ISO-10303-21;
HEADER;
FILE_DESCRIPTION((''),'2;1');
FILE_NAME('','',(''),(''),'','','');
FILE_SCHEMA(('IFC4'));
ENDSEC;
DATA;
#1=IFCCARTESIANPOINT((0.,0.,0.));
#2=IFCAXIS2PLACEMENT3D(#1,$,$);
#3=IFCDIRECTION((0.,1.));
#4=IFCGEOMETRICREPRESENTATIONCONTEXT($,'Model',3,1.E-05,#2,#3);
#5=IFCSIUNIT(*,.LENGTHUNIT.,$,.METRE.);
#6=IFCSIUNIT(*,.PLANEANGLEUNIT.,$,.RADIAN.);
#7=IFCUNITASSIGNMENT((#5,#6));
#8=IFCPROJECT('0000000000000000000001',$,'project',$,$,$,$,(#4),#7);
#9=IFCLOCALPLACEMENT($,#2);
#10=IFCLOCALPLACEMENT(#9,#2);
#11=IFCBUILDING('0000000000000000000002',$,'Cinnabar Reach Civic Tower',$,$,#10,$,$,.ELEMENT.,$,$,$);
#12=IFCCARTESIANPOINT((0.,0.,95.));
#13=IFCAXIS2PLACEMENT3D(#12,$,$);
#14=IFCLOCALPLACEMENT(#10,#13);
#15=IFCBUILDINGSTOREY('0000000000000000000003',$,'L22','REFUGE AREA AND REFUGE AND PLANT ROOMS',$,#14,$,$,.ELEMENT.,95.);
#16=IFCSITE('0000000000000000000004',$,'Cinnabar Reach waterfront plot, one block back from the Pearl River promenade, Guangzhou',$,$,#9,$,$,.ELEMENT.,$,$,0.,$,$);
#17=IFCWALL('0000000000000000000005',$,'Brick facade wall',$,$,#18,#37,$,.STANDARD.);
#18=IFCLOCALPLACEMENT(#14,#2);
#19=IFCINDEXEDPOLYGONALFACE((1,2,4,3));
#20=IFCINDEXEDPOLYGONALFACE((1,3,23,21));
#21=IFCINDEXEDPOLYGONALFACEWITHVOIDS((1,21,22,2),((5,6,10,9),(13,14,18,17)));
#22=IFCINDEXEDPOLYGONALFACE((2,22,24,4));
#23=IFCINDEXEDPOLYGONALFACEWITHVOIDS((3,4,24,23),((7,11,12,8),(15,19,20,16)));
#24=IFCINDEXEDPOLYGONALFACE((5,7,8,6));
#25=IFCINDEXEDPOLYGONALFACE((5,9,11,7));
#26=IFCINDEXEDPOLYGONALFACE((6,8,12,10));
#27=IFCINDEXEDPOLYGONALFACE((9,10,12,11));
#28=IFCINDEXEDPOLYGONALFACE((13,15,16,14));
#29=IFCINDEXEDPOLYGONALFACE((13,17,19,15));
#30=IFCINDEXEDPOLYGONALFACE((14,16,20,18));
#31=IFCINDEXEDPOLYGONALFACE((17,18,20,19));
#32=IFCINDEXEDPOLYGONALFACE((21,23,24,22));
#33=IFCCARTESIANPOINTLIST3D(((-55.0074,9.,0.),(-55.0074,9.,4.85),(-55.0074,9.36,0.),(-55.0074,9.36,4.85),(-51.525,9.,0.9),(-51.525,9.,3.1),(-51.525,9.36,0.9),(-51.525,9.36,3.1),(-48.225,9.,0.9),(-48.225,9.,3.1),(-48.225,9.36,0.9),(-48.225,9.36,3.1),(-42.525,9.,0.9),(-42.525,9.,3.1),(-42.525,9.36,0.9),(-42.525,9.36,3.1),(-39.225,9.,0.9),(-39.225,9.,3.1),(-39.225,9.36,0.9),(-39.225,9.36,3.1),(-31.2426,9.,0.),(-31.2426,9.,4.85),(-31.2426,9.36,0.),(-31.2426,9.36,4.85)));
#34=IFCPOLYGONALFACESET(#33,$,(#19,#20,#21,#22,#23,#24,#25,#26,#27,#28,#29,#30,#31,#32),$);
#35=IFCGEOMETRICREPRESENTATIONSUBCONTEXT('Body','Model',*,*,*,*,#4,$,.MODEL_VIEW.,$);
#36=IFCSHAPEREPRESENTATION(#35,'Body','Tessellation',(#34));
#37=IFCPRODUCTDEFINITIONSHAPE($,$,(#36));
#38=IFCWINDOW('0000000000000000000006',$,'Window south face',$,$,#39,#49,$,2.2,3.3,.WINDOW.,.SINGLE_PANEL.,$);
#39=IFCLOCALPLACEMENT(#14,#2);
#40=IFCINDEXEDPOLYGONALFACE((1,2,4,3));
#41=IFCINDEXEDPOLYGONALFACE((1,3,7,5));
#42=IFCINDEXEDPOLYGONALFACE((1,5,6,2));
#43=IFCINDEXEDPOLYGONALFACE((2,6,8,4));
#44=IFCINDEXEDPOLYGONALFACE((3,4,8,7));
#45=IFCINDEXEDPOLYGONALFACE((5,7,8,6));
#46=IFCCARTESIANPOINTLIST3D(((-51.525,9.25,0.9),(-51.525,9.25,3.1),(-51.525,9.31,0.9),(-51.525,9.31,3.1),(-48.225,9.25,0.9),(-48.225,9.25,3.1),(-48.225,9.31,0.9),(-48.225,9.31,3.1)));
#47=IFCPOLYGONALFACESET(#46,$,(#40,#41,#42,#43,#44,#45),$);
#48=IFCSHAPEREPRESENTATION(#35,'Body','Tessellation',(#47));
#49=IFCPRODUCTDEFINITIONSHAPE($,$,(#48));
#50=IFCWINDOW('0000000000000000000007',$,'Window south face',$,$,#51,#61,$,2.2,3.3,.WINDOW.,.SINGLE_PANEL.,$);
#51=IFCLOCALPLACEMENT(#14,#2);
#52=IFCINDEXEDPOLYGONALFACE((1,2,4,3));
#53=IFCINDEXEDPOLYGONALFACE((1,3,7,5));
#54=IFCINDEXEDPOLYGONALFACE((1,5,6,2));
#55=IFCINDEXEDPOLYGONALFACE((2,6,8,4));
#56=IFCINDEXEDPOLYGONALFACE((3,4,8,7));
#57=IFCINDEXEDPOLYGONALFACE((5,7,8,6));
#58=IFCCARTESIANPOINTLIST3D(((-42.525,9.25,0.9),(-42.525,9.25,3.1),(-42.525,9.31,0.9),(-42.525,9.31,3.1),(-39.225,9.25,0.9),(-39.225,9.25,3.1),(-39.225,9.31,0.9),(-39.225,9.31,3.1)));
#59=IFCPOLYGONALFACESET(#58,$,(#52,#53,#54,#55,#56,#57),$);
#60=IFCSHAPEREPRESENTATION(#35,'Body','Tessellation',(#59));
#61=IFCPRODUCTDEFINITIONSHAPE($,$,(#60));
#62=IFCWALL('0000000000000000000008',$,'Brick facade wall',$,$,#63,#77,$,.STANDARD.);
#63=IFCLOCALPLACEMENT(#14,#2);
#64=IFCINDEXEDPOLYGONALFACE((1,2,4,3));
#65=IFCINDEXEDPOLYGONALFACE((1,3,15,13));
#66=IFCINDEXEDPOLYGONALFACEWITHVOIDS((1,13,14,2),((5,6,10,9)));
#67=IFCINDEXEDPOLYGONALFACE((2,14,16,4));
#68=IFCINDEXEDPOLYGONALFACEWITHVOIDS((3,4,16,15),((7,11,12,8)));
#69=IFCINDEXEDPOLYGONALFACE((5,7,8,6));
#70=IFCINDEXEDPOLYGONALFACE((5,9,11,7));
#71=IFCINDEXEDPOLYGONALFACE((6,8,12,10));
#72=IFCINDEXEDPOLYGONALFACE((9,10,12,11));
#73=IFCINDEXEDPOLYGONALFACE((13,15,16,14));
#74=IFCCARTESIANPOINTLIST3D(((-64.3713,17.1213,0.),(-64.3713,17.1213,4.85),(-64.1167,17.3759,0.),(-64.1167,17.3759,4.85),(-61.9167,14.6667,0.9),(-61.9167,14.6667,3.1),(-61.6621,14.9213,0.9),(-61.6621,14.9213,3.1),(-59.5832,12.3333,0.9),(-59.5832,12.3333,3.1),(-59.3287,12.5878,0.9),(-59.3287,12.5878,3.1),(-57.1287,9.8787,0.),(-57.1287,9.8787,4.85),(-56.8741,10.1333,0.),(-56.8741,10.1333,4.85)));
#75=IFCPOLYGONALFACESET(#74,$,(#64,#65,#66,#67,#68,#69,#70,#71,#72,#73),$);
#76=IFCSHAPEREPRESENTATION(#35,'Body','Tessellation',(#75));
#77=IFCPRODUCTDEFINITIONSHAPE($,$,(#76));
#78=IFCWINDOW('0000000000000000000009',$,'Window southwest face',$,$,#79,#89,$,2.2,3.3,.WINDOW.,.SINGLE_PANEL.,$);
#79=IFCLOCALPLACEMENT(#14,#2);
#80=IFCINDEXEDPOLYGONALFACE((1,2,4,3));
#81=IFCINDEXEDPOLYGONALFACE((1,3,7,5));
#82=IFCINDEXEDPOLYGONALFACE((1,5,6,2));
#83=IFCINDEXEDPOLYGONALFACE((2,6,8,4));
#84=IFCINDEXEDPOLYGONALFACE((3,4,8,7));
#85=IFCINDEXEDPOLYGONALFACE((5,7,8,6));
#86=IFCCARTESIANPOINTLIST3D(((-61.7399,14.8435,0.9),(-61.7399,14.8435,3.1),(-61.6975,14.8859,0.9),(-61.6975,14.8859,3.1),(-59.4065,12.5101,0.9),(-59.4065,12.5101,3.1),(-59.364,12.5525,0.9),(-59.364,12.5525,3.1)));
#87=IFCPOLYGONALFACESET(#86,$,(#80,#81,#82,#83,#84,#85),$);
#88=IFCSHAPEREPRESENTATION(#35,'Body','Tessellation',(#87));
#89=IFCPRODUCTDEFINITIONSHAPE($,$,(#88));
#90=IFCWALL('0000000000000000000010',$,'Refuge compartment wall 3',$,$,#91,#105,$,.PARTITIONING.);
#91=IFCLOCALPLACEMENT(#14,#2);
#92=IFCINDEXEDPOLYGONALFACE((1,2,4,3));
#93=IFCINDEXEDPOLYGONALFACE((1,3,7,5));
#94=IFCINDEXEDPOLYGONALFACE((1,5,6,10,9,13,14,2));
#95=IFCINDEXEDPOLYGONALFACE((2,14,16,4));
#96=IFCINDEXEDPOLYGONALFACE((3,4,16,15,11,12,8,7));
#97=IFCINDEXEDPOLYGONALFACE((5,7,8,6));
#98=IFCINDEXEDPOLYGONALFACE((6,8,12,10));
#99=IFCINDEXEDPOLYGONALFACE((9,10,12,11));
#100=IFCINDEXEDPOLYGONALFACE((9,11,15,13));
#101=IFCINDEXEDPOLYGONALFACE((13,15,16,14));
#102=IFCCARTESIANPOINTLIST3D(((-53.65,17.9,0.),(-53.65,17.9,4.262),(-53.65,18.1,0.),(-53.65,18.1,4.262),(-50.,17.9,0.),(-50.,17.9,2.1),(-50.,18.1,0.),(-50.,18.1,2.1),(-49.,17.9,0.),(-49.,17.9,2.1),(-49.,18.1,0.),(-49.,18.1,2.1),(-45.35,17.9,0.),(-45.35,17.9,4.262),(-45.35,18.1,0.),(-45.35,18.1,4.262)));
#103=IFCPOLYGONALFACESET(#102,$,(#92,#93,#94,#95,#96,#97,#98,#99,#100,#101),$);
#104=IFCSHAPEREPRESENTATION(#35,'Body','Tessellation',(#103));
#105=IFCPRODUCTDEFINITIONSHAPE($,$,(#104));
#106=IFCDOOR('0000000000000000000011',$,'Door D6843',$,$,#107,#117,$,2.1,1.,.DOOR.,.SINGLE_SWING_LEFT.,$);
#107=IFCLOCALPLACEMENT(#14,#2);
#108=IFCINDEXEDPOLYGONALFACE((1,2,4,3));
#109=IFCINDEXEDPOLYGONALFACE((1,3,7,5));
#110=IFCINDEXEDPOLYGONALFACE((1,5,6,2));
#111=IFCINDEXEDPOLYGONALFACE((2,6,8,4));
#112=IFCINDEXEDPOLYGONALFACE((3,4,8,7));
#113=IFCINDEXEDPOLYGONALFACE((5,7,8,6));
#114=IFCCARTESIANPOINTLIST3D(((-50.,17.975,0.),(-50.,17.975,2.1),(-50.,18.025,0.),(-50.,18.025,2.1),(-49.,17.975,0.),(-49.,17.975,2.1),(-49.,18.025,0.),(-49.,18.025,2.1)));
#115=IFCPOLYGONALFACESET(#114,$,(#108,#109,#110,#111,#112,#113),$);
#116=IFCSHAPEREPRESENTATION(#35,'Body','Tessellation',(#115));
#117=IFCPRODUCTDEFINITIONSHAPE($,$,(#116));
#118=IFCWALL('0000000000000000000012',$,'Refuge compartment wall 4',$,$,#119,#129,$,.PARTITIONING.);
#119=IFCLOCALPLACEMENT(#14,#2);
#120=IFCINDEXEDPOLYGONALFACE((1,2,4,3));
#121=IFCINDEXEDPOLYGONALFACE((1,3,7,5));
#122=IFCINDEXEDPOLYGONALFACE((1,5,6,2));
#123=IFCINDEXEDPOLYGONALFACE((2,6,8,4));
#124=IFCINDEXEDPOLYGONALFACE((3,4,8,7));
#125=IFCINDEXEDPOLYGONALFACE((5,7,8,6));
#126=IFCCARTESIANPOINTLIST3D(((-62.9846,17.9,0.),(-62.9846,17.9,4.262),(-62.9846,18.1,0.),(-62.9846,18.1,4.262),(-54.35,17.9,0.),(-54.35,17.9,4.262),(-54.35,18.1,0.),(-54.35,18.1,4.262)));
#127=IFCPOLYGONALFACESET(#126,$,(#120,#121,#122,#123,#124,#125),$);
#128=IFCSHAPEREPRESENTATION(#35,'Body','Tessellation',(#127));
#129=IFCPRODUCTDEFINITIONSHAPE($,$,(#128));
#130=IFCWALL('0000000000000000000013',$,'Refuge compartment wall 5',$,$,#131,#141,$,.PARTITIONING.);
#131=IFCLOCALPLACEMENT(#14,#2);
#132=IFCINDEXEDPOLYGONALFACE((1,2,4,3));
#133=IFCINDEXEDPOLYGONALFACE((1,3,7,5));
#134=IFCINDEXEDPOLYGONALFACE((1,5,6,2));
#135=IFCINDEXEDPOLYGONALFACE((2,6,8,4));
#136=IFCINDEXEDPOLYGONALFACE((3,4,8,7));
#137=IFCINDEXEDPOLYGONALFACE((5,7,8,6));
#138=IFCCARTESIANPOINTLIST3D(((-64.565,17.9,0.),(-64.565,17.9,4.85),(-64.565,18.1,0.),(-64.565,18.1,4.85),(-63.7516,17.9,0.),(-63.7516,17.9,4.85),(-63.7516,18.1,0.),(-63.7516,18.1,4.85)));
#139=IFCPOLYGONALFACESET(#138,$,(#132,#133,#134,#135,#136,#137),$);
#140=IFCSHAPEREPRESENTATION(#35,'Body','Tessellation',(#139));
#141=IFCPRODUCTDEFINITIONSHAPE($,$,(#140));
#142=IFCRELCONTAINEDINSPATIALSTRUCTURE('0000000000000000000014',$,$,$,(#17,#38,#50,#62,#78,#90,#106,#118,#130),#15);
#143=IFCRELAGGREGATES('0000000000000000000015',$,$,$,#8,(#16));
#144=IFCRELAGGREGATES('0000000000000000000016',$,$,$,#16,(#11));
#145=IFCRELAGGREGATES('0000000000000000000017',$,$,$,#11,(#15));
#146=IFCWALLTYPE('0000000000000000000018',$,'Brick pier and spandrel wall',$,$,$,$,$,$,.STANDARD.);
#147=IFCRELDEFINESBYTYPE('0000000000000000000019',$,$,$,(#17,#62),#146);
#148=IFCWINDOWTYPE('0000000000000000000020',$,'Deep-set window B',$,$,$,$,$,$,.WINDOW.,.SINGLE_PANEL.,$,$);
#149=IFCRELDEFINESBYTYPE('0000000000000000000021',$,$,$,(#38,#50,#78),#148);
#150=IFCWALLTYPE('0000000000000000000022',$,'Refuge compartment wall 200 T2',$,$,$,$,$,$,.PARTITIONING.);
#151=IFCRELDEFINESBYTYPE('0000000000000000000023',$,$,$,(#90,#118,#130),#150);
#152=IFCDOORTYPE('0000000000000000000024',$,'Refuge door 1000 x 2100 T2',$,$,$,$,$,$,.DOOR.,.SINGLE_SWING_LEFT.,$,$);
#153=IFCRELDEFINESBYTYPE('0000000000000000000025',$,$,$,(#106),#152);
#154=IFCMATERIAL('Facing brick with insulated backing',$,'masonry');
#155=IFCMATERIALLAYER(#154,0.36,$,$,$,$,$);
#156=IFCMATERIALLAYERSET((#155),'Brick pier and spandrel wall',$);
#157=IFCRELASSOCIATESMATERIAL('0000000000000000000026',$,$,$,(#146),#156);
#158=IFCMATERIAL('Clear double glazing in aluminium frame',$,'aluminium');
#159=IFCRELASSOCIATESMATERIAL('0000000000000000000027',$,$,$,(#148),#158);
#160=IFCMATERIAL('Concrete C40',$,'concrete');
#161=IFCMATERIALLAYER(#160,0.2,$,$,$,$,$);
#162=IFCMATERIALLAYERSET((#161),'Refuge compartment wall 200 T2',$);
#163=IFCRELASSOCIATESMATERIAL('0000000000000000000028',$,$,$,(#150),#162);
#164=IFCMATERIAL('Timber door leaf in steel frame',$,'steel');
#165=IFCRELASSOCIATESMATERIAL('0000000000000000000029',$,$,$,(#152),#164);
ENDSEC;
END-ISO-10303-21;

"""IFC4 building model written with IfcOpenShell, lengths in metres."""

from ifc_helpers import new_model, si_unit, direction, frame, frame_2d, origin, place, context, subcontext, project, spatial, rectangle, extrude, material, layer, layer_set, type_object, element, fill, save


model = new_model("IFC4")

# Units and contexts
model_context = context("Model", 3, precision=1e-05, world=origin(), true_north=direction((0.0, 1.0)))
body_context = subcontext(model_context, "Body", "Model", "MODEL_VIEW")
ifc_project = project(units=[si_unit("LENGTHUNIT", "METRE"), si_unit("PLANEANGLEUNIT", "RADIAN")], contexts=[model_context])

# Site, building, storey
site_placement = place(None, origin())
site = spatial("IfcSite", under=ifc_project, at=site_placement, Name="Cinnabar Reach waterfront plot, one block back from the Pearl River promenade, Guangzhou", CompositionType="ELEMENT", RefElevation=0.0)
building_placement = place(site_placement, origin())
building = spatial("IfcBuilding", under=site, at=building_placement, Name="Cinnabar Reach Civic Tower", CompositionType="ELEMENT")
storey_placement = place(building_placement, frame((0.0, 0.0, 95.0)))
storey = spatial("IfcBuildingStorey", under=building, at=storey_placement, Name="L22", Description="REFUGE AREA AND REFUGE AND PLANT ROOMS", CompositionType="ELEMENT", Elevation=95.0)

# Shared definitions
ifc_material_1 = material(Name="Facing brick with insulated backing", Category="masonry")

# Wall, openings, windows
ifc_layer_1 = layer(ifc_material_1, 0.36)
ifc_layer_set_1 = layer_set([ifc_layer_1], Name="Brick pier and spandrel wall")
wall_type_1 = type_object("IfcWallType", Name="Brick pier and spandrel wall", PredefinedType="STANDARD", material=ifc_layer_set_1)
wall_1_placement = place(storey_placement, frame((-55.0074, 9.18, 0.0), z_axis=(0.0, 0.0, 1.0), x_axis=(1.0, 0.0, 0.0)))
wall_1 = element("IfcWall", 1, at=wall_1_placement, inside=storey, type_object=wall_type_1, Name="Brick facade wall", PredefinedType="STANDARD", context=body_context, shape_type="SweptSolid", body=[
    extrude(rectangle(XDim=23.7648, YDim=0.36, at=frame_2d((11.8824, 0.0))), origin(), (0.0, 0.0, 1.0), 4.85),
])
opening_1_placement = place(wall_1_placement, frame((3.4824, 0.0, 0.9)))
opening_1 = element("IfcOpeningElement", 2, at=opening_1_placement, cuts=wall_1, PredefinedType="OPENING", context=body_context, shape_type="SweptSolid", body=[
    extrude(rectangle(XDim=3.3, YDim=2.2, at=frame_2d((1.65, 1.1))), frame((0.0, 0.19, 0.0), z_axis=(0.0, -1.0, 0.0), x_axis=(1.0, 0.0, 0.0)), (0.0, 0.0, 1.0), 0.38),
])
opening_2_placement = place(wall_1_placement, frame((12.4824, 0.0, 0.9)))
opening_2 = element("IfcOpeningElement", 3, at=opening_2_placement, cuts=wall_1, PredefinedType="OPENING", context=body_context, shape_type="SweptSolid", body=[
    extrude(rectangle(XDim=3.3, YDim=2.2, at=frame_2d((1.65, 1.1))), frame((0.0, 0.19, 0.0), z_axis=(0.0, -1.0, 0.0), x_axis=(1.0, 0.0, 0.0)), (0.0, 0.0, 1.0), 0.38),
])
ifc_material_2 = material(Name="Clear double glazing in aluminium frame", Category="aluminium")
window_type = type_object("IfcWindowType", Name="Deep-set window B", PartitioningType="SINGLE_PANEL", PredefinedType="WINDOW", material=ifc_material_2)
window_1_placement = place(opening_1_placement, origin())
window_1 = element("IfcWindow", 4, at=window_1_placement, inside=storey, type_object=window_type, Name="Window south face", OverallHeight=2.2, OverallWidth=3.3, PartitioningType="SINGLE_PANEL", PredefinedType="WINDOW", context=body_context, shape_type="SweptSolid", body=[
    extrude(rectangle(XDim=3.3, YDim=2.2, at=frame_2d((1.65, 1.1))), frame((0.0, 0.13, 0.0), z_axis=(0.0, -1.0, 0.0), x_axis=(1.0, 0.0, 0.0)), (0.0, 0.0, 1.0), 0.06),
])
fill(opening_1, window_1)
window_2_placement = place(opening_2_placement, origin())
window_2 = element("IfcWindow", 5, at=window_2_placement, inside=storey, type_object=window_type, Name="Window south face", OverallHeight=2.2, OverallWidth=3.3, PartitioningType="SINGLE_PANEL", PredefinedType="WINDOW", context=body_context, shape_type="SweptSolid", body=[
    extrude(rectangle(XDim=3.3, YDim=2.2, at=frame_2d((1.65, 1.1))), frame((0.0, 0.13, 0.0), z_axis=(0.0, -1.0, 0.0), x_axis=(1.0, 0.0, 0.0)), (0.0, 0.0, 1.0), 0.06),
])
fill(opening_2, window_2)

# Wall, opening, window
wall_2_placement = place(storey_placement, frame((-64.244, 17.2486, 0.0), z_axis=(0.0, 0.0, 1.0), x_axis=(0.707107, -0.707107, 0.0)))
wall_2 = element("IfcWall", 6, at=wall_2_placement, inside=storey, type_object=wall_type_1, Name="Brick facade wall", PredefinedType="STANDARD", context=body_context, shape_type="SweptSolid", body=[
    extrude(rectangle(XDim=10.2426, YDim=0.36, at=frame_2d((5.1213, 0.0))), origin(), (0.0, 0.0, 1.0), 4.85),
])
opening_3_placement = place(wall_2_placement, frame((3.4713, 0.0, 0.9)))
opening_3 = element("IfcOpeningElement", 7, at=opening_3_placement, cuts=wall_2, PredefinedType="OPENING", context=body_context, shape_type="SweptSolid", body=[
    extrude(rectangle(XDim=3.3, YDim=2.2, at=frame_2d((1.65, 1.1))), frame((0.0, 0.19, 0.0), z_axis=(0.0, -1.0, 0.0), x_axis=(1.0, 0.0, 0.0)), (0.0, 0.0, 1.0), 0.38),
])
window_3_placement = place(opening_3_placement, origin())
window_3 = element("IfcWindow", 8, at=window_3_placement, inside=storey, type_object=window_type, Name="Window southwest face", OverallHeight=2.2, OverallWidth=3.3, PartitioningType="SINGLE_PANEL", PredefinedType="WINDOW", context=body_context, shape_type="SweptSolid", body=[
    extrude(rectangle(XDim=3.3, YDim=2.2, at=frame_2d((1.65, 1.1))), frame((0.0, 0.13, 0.0), z_axis=(0.0, -1.0, 0.0), x_axis=(1.0, 0.0, 0.0)), (0.0, 0.0, 1.0), 0.06),
])
fill(opening_3, window_3)

# Wall, opening, door
ifc_material_3 = material(Name="Concrete C40", Category="concrete")
ifc_layer_2 = layer(ifc_material_3, 0.2)
ifc_layer_set_2 = layer_set([ifc_layer_2], Name="Refuge compartment wall 200 T2")
wall_type_2 = type_object("IfcWallType", Name="Refuge compartment wall 200 T2", PredefinedType="PARTITIONING", material=ifc_layer_set_2)
wall_3_placement = place(storey_placement, frame((-53.65, 18.0, 0.0), z_axis=(0.0, 0.0, 1.0), x_axis=(1.0, 0.0, 0.0)))
wall_3 = element("IfcWall", 9, at=wall_3_placement, inside=storey, type_object=wall_type_2, Name="Refuge compartment wall 3", PredefinedType="PARTITIONING", context=body_context, shape_type="SweptSolid", body=[
    extrude(rectangle(XDim=8.3, YDim=0.2, at=frame_2d((4.15, 0.0))), origin(), (0.0, 0.0, 1.0), 4.262),
])
opening_4_placement = place(wall_3_placement, frame((3.65, 0.0, 0.0)))
opening_4 = element("IfcOpeningElement", 10, at=opening_4_placement, cuts=wall_3, PredefinedType="OPENING", context=body_context, shape_type="SweptSolid", body=[
    extrude(rectangle(XDim=1.0, YDim=2.1, at=frame_2d((0.5, 1.05))), frame((0.0, 0.11, 0.0), z_axis=(0.0, -1.0, 0.0), x_axis=(1.0, 0.0, 0.0)), (0.0, 0.0, 1.0), 0.22),
])
ifc_material_4 = material(Name="Timber door leaf in steel frame", Category="steel")
door_type = type_object("IfcDoorType", Name="Refuge door 1000 x 2100 T2", OperationType="SINGLE_SWING_LEFT", PredefinedType="DOOR", material=ifc_material_4)
door_placement = place(opening_4_placement, origin())
door = element("IfcDoor", 11, at=door_placement, inside=storey, type_object=door_type, Name="Door D6843", OperationType="SINGLE_SWING_LEFT", OverallHeight=2.1, OverallWidth=1.0, PredefinedType="DOOR", context=body_context, shape_type="SweptSolid", body=[
    extrude(rectangle(XDim=1.0, YDim=2.1, at=frame_2d((0.5, 1.05))), frame((0.0, 0.025, 0.0), z_axis=(0.0, -1.0, 0.0), x_axis=(1.0, 0.0, 0.0)), (0.0, 0.0, 1.0), 0.05),
])
fill(opening_4, door)

# Walls
wall_4_placement = place(storey_placement, frame((-62.9846, 18.0, 0.0), z_axis=(0.0, 0.0, 1.0), x_axis=(1.0, 0.0, 0.0)))
element("IfcWall", 12, at=wall_4_placement, inside=storey, type_object=wall_type_2, Name="Refuge compartment wall 4", PredefinedType="PARTITIONING", context=body_context, shape_type="SweptSolid", body=[
    extrude(rectangle(XDim=8.6346, YDim=0.2, at=frame_2d((4.3173, 0.0))), origin(), (0.0, 0.0, 1.0), 4.262),
])
wall_5_placement = place(storey_placement, frame((-64.565, 18.0, 0.0), z_axis=(0.0, 0.0, 1.0), x_axis=(1.0, 0.0, 0.0)))
element("IfcWall", 13, at=wall_5_placement, inside=storey, type_object=wall_type_2, Name="Refuge compartment wall 5", PredefinedType="PARTITIONING", context=body_context, shape_type="SweptSolid", body=[
    extrude(rectangle(XDim=0.8133, YDim=0.2, at=frame_2d((0.4067, 0.0))), origin(), (0.0, 0.0, 1.0), 4.85),
])

save(model, "model.ifc")
